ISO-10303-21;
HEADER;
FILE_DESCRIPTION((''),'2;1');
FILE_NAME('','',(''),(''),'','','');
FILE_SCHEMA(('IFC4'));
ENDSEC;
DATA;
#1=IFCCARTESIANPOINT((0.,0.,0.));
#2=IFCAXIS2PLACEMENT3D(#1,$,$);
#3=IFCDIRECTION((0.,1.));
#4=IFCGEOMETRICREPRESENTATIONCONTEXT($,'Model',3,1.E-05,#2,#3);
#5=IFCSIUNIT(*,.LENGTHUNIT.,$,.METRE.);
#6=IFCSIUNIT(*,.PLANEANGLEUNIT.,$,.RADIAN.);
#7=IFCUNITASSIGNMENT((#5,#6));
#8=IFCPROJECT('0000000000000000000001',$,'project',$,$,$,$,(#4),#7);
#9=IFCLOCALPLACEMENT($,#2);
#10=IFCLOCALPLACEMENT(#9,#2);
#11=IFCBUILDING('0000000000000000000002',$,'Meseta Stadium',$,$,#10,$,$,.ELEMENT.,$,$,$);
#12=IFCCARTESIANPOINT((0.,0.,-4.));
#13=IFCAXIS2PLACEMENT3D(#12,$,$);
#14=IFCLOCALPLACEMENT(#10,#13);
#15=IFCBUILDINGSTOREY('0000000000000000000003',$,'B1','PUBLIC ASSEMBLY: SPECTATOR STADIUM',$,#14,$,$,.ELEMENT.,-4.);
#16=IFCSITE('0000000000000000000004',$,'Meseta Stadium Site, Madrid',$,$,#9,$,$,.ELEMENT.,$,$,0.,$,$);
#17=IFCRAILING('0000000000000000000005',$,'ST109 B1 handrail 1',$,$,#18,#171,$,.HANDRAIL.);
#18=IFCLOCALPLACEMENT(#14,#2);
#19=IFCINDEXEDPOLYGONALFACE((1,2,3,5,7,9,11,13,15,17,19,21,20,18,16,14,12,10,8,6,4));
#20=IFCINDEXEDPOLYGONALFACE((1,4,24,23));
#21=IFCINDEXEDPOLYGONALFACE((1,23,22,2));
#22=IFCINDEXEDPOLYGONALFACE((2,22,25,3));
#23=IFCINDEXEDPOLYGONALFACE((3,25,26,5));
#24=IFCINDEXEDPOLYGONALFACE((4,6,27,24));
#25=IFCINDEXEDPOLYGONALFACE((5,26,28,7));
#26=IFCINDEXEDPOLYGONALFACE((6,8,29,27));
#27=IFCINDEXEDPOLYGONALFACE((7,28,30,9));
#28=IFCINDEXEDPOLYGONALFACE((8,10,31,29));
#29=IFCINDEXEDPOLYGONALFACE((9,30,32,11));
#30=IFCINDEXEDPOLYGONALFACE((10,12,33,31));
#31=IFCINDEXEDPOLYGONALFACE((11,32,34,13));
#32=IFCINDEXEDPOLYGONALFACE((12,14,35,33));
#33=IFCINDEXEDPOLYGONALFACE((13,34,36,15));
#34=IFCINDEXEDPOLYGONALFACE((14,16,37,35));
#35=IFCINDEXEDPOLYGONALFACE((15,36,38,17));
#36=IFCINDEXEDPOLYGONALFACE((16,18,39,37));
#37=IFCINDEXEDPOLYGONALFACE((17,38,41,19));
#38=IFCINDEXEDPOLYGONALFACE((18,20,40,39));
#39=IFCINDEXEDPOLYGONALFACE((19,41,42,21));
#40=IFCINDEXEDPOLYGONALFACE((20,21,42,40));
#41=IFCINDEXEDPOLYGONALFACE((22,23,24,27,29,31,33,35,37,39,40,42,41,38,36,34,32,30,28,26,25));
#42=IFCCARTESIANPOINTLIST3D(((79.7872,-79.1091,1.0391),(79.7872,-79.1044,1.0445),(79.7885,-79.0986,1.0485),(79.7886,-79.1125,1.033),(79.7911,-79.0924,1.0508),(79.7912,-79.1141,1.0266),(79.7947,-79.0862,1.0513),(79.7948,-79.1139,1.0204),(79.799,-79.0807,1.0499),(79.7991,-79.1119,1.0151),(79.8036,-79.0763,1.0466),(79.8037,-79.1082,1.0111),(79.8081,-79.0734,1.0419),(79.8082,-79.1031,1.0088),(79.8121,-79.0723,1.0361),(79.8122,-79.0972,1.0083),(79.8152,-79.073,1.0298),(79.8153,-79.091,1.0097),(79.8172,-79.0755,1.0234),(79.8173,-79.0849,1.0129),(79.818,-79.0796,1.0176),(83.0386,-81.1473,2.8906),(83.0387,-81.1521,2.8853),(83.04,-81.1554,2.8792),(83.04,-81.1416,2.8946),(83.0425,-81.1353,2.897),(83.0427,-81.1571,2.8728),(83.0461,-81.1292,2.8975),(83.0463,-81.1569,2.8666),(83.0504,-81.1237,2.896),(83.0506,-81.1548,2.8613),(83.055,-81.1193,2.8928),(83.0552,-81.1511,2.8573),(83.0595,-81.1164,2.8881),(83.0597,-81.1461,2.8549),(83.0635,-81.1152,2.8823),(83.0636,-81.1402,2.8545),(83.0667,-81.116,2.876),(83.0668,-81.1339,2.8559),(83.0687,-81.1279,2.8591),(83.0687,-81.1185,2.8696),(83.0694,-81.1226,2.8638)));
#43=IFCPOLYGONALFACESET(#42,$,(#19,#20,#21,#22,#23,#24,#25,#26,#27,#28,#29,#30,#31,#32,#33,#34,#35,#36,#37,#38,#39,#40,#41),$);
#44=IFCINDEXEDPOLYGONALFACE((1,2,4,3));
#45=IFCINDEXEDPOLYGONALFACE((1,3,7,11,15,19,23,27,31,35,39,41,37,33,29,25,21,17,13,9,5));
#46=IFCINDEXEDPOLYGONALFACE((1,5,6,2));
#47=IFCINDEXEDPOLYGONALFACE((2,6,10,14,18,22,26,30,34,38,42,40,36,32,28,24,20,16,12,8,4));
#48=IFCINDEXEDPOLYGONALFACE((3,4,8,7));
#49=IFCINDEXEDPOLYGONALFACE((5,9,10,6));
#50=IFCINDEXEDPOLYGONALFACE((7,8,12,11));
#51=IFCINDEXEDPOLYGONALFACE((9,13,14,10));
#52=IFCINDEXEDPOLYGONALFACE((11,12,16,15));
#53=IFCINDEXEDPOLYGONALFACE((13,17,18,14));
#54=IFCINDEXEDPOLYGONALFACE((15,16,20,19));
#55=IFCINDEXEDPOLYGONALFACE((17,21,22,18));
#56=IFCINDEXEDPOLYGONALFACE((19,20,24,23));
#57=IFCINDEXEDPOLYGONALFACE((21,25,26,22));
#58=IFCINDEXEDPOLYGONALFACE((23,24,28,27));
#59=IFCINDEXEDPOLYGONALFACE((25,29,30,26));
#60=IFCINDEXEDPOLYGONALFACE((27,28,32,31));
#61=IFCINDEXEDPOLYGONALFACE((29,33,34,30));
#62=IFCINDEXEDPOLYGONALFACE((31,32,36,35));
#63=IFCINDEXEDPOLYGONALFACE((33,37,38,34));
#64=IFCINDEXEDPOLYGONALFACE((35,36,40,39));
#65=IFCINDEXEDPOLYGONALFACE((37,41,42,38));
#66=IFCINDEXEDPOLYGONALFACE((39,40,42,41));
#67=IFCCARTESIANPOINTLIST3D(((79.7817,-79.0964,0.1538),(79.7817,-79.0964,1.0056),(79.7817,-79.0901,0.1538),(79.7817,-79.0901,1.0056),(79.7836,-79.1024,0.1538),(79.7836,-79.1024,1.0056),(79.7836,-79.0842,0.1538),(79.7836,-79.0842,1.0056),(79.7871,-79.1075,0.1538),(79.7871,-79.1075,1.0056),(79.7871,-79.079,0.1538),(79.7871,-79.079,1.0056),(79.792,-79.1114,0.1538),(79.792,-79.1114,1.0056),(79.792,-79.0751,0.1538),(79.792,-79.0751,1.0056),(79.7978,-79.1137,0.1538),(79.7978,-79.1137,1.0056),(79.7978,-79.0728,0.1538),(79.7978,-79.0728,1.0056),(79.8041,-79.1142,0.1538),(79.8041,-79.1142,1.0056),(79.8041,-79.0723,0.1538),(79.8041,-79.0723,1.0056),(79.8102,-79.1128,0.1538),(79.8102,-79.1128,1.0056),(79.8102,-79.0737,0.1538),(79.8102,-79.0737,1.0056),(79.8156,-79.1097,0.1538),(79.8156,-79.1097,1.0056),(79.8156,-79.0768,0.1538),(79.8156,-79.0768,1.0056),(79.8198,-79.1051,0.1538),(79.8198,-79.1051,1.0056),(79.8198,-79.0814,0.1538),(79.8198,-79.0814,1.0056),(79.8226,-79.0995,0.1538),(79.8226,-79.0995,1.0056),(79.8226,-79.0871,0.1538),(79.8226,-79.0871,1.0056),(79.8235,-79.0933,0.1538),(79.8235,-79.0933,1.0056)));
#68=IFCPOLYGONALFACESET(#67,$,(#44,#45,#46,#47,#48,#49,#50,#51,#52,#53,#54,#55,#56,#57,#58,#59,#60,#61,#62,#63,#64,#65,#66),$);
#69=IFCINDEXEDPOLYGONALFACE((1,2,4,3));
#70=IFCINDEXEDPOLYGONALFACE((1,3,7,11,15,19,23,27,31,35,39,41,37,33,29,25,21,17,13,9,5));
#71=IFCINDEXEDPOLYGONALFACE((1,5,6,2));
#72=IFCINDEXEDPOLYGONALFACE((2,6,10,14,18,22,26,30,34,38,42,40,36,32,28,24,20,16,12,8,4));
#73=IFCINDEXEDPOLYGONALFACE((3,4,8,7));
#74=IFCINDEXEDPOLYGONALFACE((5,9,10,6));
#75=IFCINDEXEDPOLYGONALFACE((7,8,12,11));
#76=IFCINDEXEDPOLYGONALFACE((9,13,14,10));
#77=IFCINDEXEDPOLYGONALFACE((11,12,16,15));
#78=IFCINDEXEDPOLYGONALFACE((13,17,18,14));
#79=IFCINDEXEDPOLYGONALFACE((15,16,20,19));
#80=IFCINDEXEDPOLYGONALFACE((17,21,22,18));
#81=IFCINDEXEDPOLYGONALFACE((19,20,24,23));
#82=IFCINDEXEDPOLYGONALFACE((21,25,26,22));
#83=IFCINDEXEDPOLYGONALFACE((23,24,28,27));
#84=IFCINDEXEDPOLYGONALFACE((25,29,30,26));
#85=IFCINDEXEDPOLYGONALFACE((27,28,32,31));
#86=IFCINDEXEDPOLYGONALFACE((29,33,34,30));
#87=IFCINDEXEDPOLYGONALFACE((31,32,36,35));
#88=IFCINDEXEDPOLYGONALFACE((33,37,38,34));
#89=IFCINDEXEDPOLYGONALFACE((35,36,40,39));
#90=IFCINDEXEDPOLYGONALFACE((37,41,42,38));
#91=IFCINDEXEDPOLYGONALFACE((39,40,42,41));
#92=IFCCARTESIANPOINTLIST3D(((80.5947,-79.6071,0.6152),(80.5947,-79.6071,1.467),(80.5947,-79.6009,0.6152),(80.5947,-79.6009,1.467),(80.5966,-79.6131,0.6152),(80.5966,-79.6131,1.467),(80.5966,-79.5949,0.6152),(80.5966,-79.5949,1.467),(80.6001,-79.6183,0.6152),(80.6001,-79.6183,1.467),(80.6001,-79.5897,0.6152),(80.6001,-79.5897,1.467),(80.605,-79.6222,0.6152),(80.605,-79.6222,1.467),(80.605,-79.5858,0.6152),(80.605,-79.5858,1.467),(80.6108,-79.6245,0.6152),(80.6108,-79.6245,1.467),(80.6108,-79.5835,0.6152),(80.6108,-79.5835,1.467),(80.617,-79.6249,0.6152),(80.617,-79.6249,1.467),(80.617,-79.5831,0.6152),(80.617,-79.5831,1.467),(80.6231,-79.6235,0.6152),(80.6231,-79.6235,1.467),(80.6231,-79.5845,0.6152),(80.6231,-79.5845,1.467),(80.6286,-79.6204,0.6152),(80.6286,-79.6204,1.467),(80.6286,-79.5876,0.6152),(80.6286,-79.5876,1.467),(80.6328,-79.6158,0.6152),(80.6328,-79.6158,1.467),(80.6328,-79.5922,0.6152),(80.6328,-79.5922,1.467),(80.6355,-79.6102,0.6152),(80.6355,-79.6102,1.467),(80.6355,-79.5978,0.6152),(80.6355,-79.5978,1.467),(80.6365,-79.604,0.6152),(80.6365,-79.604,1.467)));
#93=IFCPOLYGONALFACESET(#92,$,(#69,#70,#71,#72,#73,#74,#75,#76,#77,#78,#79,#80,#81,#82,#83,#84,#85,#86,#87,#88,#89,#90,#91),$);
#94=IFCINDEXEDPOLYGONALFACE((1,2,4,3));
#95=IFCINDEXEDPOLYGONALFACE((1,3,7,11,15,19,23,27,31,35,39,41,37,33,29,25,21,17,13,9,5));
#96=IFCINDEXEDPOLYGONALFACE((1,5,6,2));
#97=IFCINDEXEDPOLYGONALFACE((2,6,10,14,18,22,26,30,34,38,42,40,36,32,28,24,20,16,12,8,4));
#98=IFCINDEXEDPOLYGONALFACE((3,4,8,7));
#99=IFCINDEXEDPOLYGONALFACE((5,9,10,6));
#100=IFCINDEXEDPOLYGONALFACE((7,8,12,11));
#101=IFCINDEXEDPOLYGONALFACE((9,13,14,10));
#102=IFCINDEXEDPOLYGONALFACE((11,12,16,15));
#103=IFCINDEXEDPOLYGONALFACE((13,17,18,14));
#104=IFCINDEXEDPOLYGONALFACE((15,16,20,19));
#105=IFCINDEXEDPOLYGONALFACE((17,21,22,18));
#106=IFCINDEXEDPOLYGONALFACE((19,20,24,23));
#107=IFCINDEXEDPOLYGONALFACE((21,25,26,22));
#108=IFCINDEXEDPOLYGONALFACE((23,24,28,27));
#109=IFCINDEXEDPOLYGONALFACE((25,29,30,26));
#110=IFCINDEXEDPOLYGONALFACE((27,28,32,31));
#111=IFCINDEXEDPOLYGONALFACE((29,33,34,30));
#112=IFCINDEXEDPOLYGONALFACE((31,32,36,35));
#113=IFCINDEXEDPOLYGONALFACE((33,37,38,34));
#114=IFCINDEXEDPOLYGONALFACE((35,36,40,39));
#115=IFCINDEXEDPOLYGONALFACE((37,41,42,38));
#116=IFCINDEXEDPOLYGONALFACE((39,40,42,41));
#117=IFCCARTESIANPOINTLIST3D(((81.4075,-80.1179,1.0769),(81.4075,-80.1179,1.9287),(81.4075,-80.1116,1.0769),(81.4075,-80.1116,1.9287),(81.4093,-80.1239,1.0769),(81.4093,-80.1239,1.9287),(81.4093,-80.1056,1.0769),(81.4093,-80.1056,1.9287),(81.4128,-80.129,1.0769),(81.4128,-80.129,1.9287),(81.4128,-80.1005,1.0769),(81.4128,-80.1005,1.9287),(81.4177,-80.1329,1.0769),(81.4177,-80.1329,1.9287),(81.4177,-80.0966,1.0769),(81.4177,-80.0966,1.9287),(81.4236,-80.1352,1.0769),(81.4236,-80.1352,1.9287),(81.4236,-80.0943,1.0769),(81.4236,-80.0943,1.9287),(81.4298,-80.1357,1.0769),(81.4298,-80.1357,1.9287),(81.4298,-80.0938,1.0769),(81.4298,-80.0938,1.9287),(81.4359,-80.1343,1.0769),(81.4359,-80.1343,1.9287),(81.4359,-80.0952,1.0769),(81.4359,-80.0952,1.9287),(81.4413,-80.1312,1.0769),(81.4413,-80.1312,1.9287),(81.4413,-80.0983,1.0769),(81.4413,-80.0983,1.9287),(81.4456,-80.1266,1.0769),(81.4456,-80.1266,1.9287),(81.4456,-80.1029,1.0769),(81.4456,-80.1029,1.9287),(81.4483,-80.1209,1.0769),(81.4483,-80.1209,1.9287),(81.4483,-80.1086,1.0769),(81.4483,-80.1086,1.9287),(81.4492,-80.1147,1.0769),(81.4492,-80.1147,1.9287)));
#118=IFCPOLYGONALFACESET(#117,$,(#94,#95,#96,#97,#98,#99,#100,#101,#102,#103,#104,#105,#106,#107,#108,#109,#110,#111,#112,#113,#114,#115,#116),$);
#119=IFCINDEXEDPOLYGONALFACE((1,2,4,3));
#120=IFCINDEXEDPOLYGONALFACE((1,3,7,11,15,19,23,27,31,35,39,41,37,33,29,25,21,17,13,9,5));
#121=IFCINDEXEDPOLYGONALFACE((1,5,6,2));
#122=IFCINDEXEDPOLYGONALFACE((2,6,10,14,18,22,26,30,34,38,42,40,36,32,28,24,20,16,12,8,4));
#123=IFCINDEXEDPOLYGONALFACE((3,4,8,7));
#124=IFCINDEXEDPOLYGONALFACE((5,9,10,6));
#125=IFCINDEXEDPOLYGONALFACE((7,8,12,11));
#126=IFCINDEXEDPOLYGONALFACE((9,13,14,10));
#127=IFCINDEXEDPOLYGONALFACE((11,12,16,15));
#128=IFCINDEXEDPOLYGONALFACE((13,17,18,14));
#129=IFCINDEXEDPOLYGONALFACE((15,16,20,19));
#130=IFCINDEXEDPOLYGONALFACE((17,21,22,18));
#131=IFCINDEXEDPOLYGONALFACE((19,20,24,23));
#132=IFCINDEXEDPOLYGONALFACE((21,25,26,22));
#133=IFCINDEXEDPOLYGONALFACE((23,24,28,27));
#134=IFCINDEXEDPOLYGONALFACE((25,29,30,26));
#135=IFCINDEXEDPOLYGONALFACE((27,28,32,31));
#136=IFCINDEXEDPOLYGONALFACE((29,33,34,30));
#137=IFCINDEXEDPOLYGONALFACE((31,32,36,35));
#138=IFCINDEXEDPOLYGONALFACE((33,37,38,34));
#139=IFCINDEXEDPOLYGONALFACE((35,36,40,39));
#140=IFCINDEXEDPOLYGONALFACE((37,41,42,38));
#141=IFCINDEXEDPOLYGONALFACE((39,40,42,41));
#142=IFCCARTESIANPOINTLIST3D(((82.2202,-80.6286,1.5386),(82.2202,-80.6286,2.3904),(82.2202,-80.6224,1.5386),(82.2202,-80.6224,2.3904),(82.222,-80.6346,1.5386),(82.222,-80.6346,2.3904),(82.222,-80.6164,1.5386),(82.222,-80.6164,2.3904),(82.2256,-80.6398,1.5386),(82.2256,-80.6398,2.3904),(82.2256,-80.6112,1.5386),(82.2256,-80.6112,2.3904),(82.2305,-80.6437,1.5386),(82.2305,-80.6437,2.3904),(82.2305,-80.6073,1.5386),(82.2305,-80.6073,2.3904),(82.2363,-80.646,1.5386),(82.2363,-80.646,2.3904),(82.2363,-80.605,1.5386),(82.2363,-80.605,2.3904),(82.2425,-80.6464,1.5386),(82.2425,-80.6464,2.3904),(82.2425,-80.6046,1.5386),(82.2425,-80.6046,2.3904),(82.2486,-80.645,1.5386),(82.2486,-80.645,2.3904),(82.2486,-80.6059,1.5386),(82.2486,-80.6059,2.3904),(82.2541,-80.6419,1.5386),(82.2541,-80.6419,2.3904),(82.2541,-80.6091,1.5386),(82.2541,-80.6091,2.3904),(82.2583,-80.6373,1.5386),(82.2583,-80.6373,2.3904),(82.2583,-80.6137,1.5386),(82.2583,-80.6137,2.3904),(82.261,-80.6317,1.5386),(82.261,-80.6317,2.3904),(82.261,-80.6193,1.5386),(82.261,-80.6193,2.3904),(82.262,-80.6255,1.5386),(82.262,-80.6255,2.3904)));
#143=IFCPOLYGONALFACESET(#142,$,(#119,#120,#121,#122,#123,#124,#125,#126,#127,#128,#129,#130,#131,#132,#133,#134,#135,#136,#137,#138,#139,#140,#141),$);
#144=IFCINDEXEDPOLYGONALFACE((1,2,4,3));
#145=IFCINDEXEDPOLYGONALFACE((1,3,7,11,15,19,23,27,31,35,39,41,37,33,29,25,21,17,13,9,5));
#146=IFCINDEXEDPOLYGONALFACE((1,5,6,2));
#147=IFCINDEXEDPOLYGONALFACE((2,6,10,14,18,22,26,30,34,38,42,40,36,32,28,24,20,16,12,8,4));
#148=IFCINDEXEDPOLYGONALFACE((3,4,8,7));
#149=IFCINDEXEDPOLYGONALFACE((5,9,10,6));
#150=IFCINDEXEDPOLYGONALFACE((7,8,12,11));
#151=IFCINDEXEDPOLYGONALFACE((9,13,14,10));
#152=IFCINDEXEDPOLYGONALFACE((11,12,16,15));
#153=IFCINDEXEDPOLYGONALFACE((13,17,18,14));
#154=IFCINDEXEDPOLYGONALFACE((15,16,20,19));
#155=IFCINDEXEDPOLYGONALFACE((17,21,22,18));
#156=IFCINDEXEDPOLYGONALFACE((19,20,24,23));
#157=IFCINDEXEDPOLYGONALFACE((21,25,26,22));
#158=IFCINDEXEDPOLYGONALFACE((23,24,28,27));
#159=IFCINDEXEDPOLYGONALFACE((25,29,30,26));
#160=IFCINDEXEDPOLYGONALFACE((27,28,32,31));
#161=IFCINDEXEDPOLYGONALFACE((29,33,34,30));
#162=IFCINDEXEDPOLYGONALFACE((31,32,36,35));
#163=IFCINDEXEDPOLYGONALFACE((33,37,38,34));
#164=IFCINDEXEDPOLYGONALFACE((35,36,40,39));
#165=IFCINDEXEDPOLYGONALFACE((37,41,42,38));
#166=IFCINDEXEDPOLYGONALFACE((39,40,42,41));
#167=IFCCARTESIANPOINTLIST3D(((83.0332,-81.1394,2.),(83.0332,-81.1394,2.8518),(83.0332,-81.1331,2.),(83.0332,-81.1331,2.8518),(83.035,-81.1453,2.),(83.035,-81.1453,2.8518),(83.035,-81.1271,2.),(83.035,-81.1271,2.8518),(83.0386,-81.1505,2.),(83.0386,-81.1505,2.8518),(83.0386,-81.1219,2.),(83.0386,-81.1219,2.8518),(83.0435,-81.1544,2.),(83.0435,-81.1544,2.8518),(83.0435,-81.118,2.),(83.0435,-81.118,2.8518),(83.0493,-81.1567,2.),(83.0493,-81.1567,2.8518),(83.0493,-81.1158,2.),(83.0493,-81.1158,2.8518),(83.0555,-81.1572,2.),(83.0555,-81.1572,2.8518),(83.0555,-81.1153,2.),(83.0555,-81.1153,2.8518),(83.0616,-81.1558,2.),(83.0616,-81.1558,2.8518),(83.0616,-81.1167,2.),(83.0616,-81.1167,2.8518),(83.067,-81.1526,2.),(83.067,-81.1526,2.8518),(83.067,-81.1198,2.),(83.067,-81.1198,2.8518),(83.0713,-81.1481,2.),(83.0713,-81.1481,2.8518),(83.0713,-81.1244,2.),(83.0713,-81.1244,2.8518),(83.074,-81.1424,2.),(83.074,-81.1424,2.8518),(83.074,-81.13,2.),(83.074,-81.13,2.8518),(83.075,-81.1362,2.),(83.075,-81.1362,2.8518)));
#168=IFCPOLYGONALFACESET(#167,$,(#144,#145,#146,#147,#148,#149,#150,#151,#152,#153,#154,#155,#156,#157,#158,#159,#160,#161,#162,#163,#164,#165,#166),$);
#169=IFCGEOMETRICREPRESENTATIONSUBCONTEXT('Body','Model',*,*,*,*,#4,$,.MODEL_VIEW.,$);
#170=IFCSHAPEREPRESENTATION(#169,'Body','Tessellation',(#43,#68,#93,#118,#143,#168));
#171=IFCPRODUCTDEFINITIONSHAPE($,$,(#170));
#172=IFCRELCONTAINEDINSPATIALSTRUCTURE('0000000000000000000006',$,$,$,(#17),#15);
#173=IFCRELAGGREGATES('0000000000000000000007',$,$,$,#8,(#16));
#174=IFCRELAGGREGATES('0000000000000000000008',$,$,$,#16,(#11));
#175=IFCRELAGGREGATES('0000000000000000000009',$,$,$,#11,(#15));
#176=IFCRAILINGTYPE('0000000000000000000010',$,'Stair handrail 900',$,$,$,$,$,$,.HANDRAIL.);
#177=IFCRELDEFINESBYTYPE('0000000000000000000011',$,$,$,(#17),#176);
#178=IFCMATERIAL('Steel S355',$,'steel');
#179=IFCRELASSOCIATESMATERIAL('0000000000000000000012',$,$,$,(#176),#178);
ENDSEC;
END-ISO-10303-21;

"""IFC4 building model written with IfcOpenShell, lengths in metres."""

from ifc_helpers import new_model, si_unit, direction, frame, origin, origin_2d, place, context, subcontext, project, spatial, circle, extrude, material, type_object, element, save


model = new_model("IFC4")

# Units and contexts
model_context = context("Model", 3, precision=1e-05, world=origin(), true_north=direction((0.0, 1.0)))
body_context = subcontext(model_context, "Body", "Model", "MODEL_VIEW")
ifc_project = project(units=[si_unit("LENGTHUNIT", "METRE"), si_unit("PLANEANGLEUNIT", "RADIAN")], contexts=[model_context])

# Site, building, storey
site_placement = place(None, origin())
site = spatial("IfcSite", under=ifc_project, at=site_placement, Name="Meseta Stadium Site, Madrid", CompositionType="ELEMENT", RefElevation=0.0)
building_placement = place(site_placement, origin())
building = spatial("IfcBuilding", under=site, at=building_placement, Name="Meseta Stadium", CompositionType="ELEMENT")
storey_placement = place(building_placement, frame((0.0, 0.0, -4.0)))
storey = spatial("IfcBuildingStorey", under=building, at=storey_placement, Name="B1", Description="PUBLIC ASSEMBLY: SPECTATOR STADIUM", CompositionType="ELEMENT", Elevation=-4.0)

# Railing
ifc_material_1 = material(Name="Steel S355", Category="steel")
railing_type_1 = type_object("IfcRailingType", Name="Stair handrail 900", PredefinedType="HANDRAIL", material=ifc_material_1)
railing_1_placement = place(storey_placement, frame((79.8025, -79.0933, 0.1538)))
element("IfcRailing", 1, at=railing_1_placement, inside=storey, type_object=railing_type_1, Name="ST109 B1 handrail 1", PredefinedType="HANDRAIL", context=body_context, shape_type="SweptSolid", body=[
    extrude(circle(Radius=0.0239, at=origin_2d()), frame((0.0, 0.0, 0.876), z_axis=(0.763117, -0.479483, 0.4333), x_axis=(0.53202, 0.846731, 0.0)), (0.0, 0.0, 1.0), 4.2607),
    extrude(circle(Radius=0.021, at=origin_2d()), origin(), (0.0, 0.0, 1.0), 0.8518),
    extrude(circle(Radius=0.021, at=origin_2d()), frame((0.813, -0.5107, 0.4614)), (0.0, 0.0, 1.0), 0.8518),
    extrude(circle(Radius=0.021, at=origin_2d()), frame((1.6257, -1.0215, 0.9231)), (0.0, 0.0, 1.0), 0.8518),
    extrude(circle(Radius=0.021, at=origin_2d()), frame((2.4385, -1.5322, 1.3848)), (0.0, 0.0, 1.0), 0.8518),
    extrude(circle(Radius=0.021, at=origin_2d()), frame((3.2515, -2.043, 1.8462)), (0.0, 0.0, 1.0), 0.8518),
])

save(model, "model.ifc")
